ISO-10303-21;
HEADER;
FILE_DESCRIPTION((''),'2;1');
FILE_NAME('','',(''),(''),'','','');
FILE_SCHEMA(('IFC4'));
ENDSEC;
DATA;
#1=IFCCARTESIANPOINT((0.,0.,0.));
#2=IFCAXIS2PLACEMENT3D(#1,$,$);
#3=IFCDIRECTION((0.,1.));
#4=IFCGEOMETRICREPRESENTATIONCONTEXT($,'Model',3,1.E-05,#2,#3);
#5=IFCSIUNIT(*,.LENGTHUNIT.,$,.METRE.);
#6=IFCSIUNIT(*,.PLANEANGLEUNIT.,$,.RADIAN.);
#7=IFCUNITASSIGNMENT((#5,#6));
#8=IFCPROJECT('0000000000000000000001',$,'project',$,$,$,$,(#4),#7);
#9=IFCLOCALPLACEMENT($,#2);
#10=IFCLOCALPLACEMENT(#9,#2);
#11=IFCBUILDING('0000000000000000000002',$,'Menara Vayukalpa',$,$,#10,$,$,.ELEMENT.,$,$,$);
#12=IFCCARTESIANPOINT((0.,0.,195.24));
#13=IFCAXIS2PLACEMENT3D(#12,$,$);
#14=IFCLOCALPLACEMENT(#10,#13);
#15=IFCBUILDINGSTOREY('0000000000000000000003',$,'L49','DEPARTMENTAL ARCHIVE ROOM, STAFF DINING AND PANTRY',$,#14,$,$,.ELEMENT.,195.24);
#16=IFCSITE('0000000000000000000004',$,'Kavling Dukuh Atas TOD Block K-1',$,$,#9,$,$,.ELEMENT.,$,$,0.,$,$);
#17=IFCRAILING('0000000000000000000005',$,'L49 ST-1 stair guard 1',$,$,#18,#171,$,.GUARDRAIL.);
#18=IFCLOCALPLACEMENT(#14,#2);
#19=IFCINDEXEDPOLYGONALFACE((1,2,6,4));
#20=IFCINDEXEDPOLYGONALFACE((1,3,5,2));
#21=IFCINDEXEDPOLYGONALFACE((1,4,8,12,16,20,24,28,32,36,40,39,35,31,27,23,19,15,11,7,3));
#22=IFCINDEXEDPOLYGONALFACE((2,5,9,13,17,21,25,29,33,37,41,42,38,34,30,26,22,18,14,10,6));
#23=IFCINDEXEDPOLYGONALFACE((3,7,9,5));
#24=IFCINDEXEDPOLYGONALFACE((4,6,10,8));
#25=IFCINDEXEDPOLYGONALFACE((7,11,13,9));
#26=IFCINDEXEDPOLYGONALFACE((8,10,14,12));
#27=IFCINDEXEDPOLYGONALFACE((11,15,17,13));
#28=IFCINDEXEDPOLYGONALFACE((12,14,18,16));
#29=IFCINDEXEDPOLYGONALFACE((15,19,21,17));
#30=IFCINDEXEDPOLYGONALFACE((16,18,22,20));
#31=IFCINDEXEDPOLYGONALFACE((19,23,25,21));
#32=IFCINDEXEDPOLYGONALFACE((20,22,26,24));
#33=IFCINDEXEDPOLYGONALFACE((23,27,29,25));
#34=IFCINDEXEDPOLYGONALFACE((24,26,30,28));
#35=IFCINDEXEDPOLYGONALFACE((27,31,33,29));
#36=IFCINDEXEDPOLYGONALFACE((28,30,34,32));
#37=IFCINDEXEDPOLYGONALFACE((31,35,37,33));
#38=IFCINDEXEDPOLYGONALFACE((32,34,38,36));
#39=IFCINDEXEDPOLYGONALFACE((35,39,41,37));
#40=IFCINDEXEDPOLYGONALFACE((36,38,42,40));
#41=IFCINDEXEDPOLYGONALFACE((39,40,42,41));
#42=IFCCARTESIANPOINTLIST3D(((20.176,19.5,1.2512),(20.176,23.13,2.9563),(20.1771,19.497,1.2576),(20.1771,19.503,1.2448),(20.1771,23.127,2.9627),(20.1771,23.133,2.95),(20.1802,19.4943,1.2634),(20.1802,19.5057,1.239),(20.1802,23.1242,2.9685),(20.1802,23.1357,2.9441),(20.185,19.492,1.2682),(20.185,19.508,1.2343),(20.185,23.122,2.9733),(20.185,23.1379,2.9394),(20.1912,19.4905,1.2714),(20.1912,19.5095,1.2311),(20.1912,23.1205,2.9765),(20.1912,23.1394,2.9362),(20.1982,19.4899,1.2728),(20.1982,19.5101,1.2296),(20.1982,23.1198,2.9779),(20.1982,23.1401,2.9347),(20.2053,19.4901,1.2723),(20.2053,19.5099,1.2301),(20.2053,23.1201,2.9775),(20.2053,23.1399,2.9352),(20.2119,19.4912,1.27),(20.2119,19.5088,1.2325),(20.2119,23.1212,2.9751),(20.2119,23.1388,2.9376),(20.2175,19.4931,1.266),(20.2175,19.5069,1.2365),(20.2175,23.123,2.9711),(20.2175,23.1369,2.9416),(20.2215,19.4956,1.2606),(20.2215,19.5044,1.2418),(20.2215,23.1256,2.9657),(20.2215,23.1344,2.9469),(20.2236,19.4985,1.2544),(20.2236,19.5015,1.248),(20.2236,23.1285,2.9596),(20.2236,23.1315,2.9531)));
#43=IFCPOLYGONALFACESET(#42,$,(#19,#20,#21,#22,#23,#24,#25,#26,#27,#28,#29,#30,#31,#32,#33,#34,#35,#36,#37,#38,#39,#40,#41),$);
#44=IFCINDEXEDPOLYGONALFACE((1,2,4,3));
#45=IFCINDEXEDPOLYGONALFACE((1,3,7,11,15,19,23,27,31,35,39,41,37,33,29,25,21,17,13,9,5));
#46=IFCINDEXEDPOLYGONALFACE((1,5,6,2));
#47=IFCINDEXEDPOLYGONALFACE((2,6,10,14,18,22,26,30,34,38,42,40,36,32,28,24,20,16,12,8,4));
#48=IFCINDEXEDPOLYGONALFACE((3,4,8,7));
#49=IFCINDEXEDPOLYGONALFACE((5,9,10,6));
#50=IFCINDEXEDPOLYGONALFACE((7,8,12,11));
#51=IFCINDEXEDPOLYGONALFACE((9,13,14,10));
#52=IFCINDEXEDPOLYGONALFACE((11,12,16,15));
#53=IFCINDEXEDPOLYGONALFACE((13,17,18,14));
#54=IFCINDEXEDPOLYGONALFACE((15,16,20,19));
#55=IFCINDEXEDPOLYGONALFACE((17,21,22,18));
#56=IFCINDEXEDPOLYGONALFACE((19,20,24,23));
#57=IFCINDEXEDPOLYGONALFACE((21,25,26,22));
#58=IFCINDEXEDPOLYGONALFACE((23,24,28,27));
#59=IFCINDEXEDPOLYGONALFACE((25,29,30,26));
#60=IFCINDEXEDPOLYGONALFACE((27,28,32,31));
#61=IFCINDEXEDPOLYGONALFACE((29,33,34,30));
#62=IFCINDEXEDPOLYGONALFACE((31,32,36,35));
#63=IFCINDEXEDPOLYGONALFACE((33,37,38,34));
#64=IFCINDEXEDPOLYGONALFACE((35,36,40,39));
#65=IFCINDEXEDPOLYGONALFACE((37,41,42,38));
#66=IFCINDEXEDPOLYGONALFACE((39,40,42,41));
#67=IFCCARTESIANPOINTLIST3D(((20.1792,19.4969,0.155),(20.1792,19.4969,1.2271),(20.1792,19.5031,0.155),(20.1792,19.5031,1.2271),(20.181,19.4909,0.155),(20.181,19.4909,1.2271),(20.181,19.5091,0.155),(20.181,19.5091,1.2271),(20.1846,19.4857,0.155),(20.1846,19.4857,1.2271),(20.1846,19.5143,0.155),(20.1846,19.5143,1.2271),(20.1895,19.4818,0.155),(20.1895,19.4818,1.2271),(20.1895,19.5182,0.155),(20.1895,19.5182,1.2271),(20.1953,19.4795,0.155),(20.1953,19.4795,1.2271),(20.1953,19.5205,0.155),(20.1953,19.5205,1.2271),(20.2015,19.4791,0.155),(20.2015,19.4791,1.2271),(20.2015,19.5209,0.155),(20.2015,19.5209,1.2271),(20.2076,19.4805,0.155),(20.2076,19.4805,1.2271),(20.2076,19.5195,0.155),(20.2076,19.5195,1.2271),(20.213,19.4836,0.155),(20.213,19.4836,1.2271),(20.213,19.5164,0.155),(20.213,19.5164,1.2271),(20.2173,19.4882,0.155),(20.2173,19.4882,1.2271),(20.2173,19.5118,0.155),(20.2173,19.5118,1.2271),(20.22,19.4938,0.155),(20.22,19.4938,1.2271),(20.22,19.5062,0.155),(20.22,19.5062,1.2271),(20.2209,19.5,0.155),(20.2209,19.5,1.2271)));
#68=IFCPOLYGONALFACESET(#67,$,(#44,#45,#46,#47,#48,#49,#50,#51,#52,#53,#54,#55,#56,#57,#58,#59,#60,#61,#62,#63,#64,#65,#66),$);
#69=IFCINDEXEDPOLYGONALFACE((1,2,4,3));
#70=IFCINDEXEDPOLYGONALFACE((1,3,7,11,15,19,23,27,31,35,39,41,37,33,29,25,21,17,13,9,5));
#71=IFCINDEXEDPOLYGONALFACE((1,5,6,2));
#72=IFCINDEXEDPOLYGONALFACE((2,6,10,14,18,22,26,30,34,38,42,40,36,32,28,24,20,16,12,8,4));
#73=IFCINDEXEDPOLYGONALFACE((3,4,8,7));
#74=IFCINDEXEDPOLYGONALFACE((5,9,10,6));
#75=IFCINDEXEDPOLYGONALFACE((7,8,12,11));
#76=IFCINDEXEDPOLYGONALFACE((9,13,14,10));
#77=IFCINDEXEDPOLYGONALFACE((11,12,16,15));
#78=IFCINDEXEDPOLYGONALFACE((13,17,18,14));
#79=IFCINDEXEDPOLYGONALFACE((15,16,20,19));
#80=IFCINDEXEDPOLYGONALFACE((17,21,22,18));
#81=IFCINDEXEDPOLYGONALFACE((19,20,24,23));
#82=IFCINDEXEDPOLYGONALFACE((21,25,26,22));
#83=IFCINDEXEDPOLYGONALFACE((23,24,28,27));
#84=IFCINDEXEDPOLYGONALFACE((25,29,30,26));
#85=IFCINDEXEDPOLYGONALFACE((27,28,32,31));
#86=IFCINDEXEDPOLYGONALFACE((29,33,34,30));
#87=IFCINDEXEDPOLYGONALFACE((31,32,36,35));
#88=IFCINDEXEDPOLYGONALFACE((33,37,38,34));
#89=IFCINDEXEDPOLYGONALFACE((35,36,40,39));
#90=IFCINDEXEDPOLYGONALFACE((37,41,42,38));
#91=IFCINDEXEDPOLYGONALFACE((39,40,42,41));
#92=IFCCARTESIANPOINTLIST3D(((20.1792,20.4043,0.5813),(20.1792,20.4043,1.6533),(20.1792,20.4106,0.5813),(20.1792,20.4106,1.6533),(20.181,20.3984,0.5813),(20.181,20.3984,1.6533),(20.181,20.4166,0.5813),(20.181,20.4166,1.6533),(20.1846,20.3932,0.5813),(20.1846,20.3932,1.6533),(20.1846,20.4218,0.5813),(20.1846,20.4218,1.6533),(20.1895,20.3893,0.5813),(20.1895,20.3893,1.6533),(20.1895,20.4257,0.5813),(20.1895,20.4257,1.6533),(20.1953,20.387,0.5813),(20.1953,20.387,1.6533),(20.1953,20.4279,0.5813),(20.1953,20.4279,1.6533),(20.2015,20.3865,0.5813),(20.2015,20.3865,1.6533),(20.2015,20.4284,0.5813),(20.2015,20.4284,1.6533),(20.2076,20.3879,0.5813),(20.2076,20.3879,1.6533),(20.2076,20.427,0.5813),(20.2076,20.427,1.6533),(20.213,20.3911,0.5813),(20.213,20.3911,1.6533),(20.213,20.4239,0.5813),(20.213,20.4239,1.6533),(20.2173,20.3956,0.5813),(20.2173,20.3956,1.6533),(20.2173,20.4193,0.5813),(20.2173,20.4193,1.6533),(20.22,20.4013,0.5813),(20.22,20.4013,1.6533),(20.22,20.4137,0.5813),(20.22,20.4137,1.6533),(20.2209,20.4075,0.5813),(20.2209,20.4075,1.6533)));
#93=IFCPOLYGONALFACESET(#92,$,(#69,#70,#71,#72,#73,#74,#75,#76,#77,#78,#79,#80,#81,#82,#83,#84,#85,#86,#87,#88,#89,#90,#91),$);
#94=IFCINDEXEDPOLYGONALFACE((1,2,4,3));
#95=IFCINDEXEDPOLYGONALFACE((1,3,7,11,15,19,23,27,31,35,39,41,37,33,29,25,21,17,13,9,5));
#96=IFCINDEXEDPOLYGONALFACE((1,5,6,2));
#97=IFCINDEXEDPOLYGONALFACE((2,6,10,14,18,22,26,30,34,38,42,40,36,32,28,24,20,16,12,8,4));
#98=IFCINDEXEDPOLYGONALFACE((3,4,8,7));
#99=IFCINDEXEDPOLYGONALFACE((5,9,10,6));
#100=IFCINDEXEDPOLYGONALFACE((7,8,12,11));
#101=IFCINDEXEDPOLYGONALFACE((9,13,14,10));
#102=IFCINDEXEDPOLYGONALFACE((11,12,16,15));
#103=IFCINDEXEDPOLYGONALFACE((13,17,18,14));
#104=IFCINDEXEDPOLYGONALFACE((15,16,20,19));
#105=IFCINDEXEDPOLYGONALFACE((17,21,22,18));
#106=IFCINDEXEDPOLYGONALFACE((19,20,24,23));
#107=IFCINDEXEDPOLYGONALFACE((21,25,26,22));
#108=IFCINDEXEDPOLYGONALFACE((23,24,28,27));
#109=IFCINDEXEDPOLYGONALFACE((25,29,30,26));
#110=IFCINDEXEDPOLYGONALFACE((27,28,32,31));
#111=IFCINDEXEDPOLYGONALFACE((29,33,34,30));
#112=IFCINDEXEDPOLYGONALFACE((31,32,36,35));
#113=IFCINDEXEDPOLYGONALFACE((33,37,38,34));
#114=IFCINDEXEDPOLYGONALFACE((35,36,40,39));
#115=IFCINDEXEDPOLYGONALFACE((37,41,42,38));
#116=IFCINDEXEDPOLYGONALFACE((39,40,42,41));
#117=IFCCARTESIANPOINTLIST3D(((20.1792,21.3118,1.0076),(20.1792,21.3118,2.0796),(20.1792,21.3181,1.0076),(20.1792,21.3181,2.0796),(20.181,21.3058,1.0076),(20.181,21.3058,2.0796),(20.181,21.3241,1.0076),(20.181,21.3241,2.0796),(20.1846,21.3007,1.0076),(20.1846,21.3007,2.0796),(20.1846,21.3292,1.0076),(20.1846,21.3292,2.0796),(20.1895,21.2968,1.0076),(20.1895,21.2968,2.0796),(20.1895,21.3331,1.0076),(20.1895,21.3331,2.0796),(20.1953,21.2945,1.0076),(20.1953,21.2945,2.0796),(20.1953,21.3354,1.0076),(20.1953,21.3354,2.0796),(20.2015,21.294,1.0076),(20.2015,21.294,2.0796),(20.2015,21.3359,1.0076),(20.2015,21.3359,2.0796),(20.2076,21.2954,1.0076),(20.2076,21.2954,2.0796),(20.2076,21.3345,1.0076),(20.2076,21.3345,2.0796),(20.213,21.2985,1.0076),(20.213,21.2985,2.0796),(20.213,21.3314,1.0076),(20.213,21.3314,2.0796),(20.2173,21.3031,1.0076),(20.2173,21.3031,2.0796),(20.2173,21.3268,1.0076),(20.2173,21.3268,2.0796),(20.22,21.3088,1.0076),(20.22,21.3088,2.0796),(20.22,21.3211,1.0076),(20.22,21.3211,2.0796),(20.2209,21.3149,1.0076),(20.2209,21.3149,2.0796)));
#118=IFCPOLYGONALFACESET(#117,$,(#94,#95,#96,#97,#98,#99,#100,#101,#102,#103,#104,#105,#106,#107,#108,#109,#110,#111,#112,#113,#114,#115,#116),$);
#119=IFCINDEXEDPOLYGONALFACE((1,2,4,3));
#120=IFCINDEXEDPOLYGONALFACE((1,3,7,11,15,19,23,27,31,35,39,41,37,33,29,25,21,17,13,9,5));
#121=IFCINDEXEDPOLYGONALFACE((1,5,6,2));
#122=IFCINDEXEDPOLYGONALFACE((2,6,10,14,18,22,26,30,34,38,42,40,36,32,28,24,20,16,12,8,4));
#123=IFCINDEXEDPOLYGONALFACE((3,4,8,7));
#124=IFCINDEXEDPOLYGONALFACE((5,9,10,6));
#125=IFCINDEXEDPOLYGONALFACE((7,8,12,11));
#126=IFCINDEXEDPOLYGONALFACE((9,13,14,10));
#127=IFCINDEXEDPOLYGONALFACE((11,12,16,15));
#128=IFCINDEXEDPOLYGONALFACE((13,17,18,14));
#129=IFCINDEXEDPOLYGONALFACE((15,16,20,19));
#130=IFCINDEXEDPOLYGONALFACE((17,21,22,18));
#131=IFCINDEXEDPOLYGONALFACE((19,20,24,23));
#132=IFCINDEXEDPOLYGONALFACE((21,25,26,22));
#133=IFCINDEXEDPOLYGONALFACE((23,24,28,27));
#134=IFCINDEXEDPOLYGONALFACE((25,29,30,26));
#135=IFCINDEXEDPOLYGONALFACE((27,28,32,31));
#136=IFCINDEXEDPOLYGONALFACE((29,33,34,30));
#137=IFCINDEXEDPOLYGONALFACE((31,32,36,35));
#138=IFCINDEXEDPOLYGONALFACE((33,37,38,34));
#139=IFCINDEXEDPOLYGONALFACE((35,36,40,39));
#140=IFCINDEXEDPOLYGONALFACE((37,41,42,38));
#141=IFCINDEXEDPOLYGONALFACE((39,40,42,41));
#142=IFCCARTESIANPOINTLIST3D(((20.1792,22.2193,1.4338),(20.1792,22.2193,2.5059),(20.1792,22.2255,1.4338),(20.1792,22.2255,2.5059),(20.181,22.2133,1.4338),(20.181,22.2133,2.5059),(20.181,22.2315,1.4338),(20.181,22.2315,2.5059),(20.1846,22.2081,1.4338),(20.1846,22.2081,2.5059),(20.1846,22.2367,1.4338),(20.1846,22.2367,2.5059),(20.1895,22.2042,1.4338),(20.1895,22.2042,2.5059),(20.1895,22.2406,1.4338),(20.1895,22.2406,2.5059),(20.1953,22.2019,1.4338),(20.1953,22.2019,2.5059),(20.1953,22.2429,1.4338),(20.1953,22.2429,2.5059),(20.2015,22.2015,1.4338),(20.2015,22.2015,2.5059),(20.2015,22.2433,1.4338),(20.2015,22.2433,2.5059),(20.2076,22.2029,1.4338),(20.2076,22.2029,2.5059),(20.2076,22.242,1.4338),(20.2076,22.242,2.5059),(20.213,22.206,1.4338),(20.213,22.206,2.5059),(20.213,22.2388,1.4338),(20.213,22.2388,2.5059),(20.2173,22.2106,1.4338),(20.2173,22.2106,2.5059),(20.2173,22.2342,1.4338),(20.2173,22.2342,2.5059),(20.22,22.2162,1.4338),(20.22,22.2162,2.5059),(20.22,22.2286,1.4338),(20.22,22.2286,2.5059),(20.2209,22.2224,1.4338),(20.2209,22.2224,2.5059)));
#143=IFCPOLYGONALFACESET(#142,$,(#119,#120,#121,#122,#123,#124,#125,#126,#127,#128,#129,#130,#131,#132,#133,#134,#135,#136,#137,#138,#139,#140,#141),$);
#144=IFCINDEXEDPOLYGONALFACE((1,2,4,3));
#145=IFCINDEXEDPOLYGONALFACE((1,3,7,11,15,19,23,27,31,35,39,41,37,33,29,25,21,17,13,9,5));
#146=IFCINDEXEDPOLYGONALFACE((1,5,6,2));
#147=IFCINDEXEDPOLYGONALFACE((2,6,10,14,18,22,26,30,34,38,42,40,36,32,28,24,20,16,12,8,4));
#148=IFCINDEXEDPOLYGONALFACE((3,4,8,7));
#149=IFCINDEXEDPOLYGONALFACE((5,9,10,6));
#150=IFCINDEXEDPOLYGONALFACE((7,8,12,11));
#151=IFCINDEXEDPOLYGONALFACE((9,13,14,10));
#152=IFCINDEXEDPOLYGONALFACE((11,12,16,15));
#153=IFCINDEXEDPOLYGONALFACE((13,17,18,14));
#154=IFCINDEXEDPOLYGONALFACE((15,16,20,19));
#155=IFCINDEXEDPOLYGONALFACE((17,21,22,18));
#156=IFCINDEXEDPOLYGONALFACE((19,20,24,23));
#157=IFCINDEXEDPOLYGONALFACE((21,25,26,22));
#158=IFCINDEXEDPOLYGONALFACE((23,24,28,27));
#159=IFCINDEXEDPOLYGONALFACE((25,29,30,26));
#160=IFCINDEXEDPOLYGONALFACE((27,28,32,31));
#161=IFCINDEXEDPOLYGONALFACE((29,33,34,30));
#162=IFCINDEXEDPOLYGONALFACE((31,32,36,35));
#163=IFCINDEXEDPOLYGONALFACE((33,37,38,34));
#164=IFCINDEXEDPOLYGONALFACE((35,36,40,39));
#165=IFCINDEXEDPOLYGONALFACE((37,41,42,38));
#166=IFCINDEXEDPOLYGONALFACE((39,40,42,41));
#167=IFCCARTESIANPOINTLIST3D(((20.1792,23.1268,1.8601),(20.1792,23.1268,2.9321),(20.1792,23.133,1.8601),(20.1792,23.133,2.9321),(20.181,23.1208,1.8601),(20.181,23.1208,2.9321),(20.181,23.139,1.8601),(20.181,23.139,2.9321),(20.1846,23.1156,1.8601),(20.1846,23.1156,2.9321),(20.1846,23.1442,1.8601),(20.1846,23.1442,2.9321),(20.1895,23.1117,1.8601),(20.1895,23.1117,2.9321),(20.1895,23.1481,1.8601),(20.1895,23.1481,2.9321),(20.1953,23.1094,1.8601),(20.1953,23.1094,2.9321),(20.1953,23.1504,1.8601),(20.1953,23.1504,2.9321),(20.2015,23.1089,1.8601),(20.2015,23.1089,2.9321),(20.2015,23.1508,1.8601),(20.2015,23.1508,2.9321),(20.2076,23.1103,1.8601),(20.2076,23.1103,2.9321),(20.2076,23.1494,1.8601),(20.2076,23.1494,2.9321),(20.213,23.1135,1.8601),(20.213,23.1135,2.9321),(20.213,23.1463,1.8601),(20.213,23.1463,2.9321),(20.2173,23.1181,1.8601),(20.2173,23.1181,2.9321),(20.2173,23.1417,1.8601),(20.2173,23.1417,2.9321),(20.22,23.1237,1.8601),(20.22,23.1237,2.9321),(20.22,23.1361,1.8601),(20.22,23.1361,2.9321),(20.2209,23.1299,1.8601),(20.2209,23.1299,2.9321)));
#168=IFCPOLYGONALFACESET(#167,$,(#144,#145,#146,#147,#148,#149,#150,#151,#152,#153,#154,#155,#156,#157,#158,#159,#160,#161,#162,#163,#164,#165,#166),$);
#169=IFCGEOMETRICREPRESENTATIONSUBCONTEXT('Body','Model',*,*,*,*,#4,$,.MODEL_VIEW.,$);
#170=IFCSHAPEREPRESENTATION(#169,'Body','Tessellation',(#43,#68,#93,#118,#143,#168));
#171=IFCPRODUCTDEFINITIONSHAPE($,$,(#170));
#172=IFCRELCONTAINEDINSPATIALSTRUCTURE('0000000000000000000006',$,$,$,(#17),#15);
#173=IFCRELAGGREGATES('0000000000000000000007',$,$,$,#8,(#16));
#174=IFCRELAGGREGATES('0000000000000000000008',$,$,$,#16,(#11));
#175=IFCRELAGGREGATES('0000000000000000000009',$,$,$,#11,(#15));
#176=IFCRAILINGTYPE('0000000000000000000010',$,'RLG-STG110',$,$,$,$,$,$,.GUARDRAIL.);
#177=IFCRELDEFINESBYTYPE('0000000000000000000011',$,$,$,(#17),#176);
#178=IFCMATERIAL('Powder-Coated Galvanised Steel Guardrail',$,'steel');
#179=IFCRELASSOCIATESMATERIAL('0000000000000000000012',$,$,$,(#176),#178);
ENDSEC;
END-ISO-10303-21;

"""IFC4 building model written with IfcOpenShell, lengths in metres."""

from ifc_helpers import new_model, si_unit, direction, frame, origin, origin_2d, place, context, subcontext, project, spatial, circle, extrude, material, type_object, element, save


model = new_model("IFC4")

# Units and contexts
model_context = context("Model", 3, precision=1e-05, world=origin(), true_north=direction((0.0, 1.0)))
body_context = subcontext(model_context, "Body", "Model", "MODEL_VIEW")
ifc_project = project(units=[si_unit("LENGTHUNIT", "METRE"), si_unit("PLANEANGLEUNIT", "RADIAN")], contexts=[model_context])

# Site, building, storey
site_placement = place(None, origin())
site = spatial("IfcSite", under=ifc_project, at=site_placement, Name="Kavling Dukuh Atas TOD Block K-1", CompositionType="ELEMENT", RefElevation=0.0)
building_placement = place(site_placement, origin())
building = spatial("IfcBuilding", under=site, at=building_placement, Name="Menara Vayukalpa", CompositionType="ELEMENT")
storey_placement = place(building_placement, frame((0.0, 0.0, 195.24)))
storey = spatial("IfcBuildingStorey", under=building, at=storey_placement, Name="L49", Description="DEPARTMENTAL ARCHIVE ROOM, STAFF DINING AND PANTRY", CompositionType="ELEMENT", Elevation=195.24)

# Railing
ifc_material_1 = material(Name="Powder-Coated Galvanised Steel Guardrail", Category="steel")
railing_type = type_object("IfcRailingType", Name="RLG-STG110", PredefinedType="GUARDRAIL", material=ifc_material_1)
railing_1_placement = place(storey_placement, frame((20.2, 19.5, 0.155)))
element("IfcRailing", 1, at=railing_1_placement, inside=storey, type_object=railing_type, Name="L49 ST-1 stair guard 1", PredefinedType="GUARDRAIL", context=body_context, shape_type="SweptSolid", body=[
    extrude(circle(Radius=0.0239, at=origin_2d()), frame((0.0, 0.0, 1.0962), z_axis=(0.0, 0.905116, 0.425164), x_axis=(-1.0, 0.0, 0.0)), (0.0, 0.0, 1.0), 4.0105),
    extrude(circle(Radius=0.021, at=origin_2d()), origin(), (0.0, 0.0, 1.0), 1.072),
    extrude(circle(Radius=0.021, at=origin_2d()), frame((0.0, 0.9075, 0.4263)), (0.0, 0.0, 1.0), 1.072),
    extrude(circle(Radius=0.021, at=origin_2d()), frame((0.0, 1.8149, 0.8525)), (0.0, 0.0, 1.0), 1.072),
    extrude(circle(Radius=0.021, at=origin_2d()), frame((0.0, 2.7224, 1.2788)), (0.0, 0.0, 1.0), 1.072),
    extrude(circle(Radius=0.021, at=origin_2d()), frame((0.0, 3.6299, 1.7051)), (0.0, 0.0, 1.0), 1.072),
])

save(model, "model.ifc")
